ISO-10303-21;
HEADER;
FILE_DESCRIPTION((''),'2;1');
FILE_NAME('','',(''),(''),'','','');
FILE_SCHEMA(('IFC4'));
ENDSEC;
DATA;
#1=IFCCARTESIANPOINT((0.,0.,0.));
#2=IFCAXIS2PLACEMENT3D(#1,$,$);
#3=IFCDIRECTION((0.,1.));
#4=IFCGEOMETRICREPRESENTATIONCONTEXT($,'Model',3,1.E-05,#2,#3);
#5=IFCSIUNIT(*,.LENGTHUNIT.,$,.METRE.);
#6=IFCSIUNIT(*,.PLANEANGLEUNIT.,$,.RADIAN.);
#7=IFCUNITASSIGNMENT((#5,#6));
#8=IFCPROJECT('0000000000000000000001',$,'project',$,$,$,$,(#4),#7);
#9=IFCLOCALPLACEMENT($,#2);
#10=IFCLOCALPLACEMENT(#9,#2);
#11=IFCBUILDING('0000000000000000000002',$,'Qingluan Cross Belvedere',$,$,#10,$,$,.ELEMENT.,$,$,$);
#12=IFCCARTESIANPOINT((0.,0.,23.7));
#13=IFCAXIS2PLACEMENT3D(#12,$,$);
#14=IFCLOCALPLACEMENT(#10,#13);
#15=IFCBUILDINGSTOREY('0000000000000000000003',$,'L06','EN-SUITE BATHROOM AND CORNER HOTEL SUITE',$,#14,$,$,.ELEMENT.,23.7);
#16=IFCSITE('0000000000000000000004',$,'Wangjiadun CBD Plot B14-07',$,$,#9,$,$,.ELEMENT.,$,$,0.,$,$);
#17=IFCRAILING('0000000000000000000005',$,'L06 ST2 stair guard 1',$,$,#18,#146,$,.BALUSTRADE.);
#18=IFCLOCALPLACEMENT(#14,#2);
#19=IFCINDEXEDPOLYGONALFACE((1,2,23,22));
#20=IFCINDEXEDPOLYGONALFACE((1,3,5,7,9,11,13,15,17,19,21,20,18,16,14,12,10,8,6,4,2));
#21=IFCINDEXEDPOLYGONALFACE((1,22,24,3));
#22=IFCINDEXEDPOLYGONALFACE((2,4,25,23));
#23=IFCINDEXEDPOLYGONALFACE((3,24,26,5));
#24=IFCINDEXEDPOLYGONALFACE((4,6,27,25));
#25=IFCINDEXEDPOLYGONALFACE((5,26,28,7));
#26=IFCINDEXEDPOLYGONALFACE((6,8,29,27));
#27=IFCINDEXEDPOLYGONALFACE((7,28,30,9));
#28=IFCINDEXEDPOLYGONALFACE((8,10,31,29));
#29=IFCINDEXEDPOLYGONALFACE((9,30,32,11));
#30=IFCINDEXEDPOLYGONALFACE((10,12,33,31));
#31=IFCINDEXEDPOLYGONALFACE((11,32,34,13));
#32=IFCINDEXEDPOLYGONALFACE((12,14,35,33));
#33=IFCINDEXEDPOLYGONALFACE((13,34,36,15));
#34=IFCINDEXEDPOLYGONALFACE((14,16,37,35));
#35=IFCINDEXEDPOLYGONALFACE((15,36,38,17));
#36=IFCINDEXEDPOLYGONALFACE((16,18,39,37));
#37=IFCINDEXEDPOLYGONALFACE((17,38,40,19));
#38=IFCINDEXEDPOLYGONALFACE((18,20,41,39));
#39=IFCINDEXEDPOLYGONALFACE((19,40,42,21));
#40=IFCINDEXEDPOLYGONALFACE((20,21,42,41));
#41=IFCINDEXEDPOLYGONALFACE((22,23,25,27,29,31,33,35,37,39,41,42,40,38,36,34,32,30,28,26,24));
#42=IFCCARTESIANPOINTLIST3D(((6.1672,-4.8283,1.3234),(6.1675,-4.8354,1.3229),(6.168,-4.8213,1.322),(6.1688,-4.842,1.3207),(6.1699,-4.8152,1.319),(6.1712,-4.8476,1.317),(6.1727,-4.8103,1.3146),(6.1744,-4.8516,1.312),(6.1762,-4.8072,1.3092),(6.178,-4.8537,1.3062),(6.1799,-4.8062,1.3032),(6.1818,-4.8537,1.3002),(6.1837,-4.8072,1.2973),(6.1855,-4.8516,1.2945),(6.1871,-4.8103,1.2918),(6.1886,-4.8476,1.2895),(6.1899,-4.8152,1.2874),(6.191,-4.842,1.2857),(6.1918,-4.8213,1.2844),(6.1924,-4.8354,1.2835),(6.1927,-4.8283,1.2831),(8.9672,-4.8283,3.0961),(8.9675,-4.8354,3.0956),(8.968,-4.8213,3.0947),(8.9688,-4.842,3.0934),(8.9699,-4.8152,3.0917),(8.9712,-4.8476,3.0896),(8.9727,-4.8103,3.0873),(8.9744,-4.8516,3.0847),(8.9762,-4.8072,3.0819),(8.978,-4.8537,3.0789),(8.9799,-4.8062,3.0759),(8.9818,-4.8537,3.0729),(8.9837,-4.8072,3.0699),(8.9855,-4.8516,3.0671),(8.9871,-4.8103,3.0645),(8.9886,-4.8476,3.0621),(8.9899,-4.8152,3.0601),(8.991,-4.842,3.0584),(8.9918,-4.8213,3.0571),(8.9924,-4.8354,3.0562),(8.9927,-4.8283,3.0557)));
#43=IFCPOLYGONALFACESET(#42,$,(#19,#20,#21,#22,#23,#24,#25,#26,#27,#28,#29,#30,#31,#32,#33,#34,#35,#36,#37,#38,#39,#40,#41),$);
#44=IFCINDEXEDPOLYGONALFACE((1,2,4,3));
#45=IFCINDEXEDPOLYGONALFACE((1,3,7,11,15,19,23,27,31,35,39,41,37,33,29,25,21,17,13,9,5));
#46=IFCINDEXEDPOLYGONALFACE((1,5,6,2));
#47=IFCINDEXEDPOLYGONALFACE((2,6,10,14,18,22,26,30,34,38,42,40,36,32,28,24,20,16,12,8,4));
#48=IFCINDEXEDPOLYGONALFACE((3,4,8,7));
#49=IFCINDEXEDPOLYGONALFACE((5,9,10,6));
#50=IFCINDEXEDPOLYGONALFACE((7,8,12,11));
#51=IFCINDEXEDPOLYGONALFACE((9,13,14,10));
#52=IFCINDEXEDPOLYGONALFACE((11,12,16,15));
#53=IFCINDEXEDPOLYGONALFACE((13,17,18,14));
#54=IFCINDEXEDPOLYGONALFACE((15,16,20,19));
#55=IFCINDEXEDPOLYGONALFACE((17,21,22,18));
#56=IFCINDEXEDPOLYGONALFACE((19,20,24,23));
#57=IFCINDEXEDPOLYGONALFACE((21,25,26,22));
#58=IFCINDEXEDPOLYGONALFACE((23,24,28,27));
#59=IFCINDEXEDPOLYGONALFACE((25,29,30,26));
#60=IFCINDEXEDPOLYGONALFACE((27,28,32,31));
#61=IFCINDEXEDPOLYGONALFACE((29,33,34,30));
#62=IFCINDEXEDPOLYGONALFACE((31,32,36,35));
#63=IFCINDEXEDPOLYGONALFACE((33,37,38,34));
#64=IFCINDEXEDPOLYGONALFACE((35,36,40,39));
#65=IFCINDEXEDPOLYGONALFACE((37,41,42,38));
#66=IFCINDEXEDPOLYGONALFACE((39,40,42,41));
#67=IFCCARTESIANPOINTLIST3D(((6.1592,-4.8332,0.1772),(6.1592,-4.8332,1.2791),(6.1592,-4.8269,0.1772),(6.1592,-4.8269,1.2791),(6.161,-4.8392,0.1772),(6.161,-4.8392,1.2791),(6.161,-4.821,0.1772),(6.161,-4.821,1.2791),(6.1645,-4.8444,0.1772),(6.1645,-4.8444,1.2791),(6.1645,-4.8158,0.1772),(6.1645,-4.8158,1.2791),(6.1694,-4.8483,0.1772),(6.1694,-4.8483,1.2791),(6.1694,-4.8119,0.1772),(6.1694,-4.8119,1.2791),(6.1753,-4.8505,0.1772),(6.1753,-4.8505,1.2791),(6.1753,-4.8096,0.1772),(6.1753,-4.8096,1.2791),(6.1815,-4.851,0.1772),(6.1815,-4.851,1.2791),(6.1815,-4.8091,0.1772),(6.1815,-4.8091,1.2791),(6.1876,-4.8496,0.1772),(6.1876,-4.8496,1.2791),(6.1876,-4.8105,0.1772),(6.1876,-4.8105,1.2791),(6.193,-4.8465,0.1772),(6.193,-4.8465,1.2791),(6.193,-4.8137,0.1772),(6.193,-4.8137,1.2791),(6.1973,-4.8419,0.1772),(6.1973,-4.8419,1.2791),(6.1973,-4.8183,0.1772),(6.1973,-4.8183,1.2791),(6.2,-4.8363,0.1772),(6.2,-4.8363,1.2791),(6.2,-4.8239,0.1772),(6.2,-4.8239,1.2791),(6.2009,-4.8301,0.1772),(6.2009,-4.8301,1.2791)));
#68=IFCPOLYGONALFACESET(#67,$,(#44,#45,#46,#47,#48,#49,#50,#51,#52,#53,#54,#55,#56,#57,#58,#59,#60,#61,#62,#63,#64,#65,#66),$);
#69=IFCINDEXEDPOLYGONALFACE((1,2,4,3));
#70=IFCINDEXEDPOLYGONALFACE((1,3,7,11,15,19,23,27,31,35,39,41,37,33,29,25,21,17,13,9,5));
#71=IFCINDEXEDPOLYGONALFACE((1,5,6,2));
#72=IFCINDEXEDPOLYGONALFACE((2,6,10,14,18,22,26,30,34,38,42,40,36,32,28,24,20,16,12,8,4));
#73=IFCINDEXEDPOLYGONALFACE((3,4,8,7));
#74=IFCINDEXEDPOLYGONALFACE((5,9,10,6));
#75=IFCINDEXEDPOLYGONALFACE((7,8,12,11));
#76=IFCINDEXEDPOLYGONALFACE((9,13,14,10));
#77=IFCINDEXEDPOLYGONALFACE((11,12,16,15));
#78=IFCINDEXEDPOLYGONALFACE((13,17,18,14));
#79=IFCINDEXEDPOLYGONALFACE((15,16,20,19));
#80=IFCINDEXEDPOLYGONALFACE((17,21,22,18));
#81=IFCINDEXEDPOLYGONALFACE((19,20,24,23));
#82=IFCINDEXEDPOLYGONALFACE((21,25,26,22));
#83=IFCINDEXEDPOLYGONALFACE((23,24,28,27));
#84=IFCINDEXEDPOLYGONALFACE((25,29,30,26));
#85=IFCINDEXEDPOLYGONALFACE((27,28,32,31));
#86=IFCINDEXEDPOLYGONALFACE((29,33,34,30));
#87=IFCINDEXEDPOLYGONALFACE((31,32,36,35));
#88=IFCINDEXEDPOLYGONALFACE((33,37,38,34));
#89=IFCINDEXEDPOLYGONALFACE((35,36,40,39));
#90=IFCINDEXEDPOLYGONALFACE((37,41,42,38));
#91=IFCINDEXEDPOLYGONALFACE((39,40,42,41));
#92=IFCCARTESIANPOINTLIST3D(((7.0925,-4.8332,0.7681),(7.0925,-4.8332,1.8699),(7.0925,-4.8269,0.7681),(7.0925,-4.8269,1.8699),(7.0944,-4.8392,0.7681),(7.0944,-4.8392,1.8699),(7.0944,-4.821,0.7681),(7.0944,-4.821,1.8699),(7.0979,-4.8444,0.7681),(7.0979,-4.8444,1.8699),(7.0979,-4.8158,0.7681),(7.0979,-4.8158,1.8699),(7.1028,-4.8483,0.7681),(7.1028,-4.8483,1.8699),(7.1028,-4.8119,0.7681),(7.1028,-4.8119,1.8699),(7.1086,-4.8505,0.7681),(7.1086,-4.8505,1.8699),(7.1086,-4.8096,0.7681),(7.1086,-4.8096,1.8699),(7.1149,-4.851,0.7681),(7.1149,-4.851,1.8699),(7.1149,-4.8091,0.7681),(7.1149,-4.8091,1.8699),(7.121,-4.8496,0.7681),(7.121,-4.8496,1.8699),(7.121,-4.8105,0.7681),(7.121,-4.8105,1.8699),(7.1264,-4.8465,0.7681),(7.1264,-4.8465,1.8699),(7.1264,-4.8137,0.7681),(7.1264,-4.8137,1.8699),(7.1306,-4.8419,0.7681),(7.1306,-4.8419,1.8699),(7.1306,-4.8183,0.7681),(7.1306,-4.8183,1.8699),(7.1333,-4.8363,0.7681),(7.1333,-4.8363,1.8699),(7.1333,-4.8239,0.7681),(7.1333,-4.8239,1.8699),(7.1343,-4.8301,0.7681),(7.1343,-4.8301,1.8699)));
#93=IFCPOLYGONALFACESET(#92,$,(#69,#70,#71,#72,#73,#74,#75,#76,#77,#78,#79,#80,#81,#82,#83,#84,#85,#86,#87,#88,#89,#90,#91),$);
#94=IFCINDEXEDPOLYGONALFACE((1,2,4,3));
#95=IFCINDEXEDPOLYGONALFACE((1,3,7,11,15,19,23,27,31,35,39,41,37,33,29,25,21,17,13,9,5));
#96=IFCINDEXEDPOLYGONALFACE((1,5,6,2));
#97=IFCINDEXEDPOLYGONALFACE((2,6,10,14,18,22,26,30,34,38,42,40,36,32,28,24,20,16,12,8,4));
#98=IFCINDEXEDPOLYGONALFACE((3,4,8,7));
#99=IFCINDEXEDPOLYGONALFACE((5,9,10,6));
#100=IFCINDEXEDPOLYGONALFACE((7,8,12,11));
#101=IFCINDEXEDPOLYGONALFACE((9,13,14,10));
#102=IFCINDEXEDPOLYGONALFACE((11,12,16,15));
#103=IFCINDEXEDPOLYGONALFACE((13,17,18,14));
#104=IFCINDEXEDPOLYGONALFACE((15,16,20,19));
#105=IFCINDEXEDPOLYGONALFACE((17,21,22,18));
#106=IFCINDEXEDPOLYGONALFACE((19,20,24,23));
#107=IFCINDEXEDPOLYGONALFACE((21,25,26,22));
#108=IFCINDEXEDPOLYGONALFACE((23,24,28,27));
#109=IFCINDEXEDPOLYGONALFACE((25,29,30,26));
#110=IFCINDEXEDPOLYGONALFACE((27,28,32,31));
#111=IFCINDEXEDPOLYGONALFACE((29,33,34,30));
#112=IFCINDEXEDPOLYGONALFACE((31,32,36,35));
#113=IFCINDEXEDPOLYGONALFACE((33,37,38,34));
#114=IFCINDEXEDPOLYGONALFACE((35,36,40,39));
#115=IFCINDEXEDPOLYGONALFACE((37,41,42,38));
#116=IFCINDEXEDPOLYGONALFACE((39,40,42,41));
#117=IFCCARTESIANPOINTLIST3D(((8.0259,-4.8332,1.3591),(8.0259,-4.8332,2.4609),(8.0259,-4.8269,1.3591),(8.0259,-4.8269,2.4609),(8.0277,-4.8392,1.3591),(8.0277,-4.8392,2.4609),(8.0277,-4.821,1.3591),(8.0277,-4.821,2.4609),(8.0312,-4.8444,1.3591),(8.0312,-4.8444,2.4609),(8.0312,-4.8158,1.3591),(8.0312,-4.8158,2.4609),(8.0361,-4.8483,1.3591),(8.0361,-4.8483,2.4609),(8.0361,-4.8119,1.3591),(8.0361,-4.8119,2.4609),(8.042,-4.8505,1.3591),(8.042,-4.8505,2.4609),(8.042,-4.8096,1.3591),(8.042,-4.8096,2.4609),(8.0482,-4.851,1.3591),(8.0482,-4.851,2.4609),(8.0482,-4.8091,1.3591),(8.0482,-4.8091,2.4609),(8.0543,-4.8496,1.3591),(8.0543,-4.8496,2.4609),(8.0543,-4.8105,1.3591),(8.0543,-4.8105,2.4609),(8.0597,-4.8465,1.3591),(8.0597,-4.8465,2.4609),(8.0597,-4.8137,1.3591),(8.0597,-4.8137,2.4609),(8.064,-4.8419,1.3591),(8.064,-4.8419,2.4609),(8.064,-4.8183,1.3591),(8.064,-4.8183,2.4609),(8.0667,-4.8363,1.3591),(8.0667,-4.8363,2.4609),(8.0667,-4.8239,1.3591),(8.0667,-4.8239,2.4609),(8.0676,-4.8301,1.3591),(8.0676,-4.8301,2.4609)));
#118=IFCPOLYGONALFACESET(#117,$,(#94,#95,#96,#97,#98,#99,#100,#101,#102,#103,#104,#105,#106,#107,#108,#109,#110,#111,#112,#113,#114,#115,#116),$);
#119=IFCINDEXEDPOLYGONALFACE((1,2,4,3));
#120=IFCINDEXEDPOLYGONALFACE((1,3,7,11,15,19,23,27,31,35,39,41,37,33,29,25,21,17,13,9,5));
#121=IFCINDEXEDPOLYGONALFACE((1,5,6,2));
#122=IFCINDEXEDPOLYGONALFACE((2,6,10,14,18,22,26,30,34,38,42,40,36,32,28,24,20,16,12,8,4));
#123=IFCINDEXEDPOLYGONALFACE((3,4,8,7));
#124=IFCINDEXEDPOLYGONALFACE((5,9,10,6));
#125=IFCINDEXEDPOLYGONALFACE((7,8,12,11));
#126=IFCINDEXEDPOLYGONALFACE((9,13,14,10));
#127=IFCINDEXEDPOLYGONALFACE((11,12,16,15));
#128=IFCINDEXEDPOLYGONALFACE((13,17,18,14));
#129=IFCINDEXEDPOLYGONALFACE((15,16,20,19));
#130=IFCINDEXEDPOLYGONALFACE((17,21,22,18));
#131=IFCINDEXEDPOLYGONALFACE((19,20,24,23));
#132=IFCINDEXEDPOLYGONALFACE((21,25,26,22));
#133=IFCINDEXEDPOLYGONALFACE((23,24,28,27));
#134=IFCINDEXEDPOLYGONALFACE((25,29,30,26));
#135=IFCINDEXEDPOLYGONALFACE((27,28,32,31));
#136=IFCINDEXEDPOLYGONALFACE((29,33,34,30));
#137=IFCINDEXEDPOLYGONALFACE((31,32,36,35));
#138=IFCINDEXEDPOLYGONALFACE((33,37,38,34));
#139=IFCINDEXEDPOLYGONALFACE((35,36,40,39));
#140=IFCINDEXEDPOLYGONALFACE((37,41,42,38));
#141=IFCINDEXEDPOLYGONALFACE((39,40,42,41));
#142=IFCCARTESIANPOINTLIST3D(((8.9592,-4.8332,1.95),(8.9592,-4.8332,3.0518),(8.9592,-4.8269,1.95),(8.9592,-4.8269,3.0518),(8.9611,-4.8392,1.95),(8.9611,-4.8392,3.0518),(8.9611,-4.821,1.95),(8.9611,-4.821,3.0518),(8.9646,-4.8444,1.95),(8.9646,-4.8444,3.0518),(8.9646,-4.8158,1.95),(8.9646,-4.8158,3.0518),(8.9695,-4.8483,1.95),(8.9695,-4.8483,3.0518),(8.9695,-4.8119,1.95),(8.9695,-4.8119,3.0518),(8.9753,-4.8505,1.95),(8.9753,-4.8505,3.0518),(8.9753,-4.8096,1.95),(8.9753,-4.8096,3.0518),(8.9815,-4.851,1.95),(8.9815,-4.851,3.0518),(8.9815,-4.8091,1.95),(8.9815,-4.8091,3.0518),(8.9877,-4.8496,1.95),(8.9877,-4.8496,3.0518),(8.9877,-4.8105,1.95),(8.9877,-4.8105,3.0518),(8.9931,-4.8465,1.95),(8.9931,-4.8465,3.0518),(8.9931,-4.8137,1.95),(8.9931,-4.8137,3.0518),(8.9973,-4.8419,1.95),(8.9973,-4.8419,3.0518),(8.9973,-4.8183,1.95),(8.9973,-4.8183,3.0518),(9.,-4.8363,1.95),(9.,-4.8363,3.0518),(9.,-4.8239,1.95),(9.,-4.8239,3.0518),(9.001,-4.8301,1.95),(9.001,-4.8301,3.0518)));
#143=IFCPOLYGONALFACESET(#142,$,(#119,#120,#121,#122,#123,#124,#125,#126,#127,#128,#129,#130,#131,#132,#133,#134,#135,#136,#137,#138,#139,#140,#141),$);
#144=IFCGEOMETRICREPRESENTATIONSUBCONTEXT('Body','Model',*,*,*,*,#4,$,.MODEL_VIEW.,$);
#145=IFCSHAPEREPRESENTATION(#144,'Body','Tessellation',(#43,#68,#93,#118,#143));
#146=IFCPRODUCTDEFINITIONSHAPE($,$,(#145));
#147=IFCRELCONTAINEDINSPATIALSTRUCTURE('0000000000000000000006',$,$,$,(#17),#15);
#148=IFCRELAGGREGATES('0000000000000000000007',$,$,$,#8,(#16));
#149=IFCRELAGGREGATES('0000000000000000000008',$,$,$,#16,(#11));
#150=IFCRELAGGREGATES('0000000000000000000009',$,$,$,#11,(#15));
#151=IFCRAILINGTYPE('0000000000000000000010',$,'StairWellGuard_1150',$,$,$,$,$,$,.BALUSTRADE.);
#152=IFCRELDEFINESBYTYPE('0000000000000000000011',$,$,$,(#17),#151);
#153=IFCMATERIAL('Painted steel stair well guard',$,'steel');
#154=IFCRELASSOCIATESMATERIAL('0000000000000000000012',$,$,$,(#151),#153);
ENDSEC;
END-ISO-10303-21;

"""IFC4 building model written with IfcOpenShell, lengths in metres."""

from ifc_helpers import new_model, si_unit, direction, frame, origin, origin_2d, place, context, subcontext, project, spatial, circle, extrude, material, type_object, element, save


model = new_model("IFC4")

# Units and contexts
model_context = context("Model", 3, precision=1e-05, world=origin(), true_north=direction((0.0, 1.0)))
body_context = subcontext(model_context, "Body", "Model", "MODEL_VIEW")
ifc_project = project(units=[si_unit("LENGTHUNIT", "METRE"), si_unit("PLANEANGLEUNIT", "RADIAN")], contexts=[model_context])

# Site, building, storey
site_placement = place(None, origin())
site = spatial("IfcSite", under=ifc_project, at=site_placement, Name="Wangjiadun CBD Plot B14-07", CompositionType="ELEMENT", RefElevation=0.0)
building_placement = place(site_placement, origin())
building = spatial("IfcBuilding", under=site, at=building_placement, Name="Qingluan Cross Belvedere", CompositionType="ELEMENT")
storey_placement = place(building_placement, frame((0.0, 0.0, 23.7)))
storey = spatial("IfcBuildingStorey", under=building, at=storey_placement, Name="L06", Description="EN-SUITE BATHROOM AND CORNER HOTEL SUITE", CompositionType="ELEMENT", Elevation=23.7)

# Railing
ifc_material_1 = material(Name="Painted steel stair well guard", Category="steel")
railing_type_1 = type_object("IfcRailingType", Name="StairWellGuard_1150", PredefinedType="BALUSTRADE", material=ifc_material_1)
railing_1_placement = place(storey_placement, frame((6.1799, -4.8301, 0.1772)))
element("IfcRailing", 1, at=railing_1_placement, inside=storey, type_object=railing_type_1, Name="L06 ST2 stair guard 1", PredefinedType="BALUSTRADE", context=body_context, shape_type="SweptSolid", body=[
    extrude(circle(Radius=0.0239, at=origin_2d()), frame((0.0, 0.0, 1.126), z_axis=(0.844909, 0.0, 0.53491), x_axis=(0.0, 1.0, 0.0)), (0.0, 0.0, 1.0), 3.314),
    extrude(circle(Radius=0.021, at=origin_2d()), origin(), (0.0, 0.0, 1.0), 1.1018),
    extrude(circle(Radius=0.021, at=origin_2d()), frame((0.9333, 0.0, 0.5908)), (0.0, 0.0, 1.0), 1.1018),
    extrude(circle(Radius=0.021, at=origin_2d()), frame((1.8667, 0.0, 1.1819)), (0.0, 0.0, 1.0), 1.1018),
    extrude(circle(Radius=0.021, at=origin_2d()), frame((2.8, 0.0, 1.7727)), (0.0, 0.0, 1.0), 1.1018),
])

save(model, "model.ifc")
